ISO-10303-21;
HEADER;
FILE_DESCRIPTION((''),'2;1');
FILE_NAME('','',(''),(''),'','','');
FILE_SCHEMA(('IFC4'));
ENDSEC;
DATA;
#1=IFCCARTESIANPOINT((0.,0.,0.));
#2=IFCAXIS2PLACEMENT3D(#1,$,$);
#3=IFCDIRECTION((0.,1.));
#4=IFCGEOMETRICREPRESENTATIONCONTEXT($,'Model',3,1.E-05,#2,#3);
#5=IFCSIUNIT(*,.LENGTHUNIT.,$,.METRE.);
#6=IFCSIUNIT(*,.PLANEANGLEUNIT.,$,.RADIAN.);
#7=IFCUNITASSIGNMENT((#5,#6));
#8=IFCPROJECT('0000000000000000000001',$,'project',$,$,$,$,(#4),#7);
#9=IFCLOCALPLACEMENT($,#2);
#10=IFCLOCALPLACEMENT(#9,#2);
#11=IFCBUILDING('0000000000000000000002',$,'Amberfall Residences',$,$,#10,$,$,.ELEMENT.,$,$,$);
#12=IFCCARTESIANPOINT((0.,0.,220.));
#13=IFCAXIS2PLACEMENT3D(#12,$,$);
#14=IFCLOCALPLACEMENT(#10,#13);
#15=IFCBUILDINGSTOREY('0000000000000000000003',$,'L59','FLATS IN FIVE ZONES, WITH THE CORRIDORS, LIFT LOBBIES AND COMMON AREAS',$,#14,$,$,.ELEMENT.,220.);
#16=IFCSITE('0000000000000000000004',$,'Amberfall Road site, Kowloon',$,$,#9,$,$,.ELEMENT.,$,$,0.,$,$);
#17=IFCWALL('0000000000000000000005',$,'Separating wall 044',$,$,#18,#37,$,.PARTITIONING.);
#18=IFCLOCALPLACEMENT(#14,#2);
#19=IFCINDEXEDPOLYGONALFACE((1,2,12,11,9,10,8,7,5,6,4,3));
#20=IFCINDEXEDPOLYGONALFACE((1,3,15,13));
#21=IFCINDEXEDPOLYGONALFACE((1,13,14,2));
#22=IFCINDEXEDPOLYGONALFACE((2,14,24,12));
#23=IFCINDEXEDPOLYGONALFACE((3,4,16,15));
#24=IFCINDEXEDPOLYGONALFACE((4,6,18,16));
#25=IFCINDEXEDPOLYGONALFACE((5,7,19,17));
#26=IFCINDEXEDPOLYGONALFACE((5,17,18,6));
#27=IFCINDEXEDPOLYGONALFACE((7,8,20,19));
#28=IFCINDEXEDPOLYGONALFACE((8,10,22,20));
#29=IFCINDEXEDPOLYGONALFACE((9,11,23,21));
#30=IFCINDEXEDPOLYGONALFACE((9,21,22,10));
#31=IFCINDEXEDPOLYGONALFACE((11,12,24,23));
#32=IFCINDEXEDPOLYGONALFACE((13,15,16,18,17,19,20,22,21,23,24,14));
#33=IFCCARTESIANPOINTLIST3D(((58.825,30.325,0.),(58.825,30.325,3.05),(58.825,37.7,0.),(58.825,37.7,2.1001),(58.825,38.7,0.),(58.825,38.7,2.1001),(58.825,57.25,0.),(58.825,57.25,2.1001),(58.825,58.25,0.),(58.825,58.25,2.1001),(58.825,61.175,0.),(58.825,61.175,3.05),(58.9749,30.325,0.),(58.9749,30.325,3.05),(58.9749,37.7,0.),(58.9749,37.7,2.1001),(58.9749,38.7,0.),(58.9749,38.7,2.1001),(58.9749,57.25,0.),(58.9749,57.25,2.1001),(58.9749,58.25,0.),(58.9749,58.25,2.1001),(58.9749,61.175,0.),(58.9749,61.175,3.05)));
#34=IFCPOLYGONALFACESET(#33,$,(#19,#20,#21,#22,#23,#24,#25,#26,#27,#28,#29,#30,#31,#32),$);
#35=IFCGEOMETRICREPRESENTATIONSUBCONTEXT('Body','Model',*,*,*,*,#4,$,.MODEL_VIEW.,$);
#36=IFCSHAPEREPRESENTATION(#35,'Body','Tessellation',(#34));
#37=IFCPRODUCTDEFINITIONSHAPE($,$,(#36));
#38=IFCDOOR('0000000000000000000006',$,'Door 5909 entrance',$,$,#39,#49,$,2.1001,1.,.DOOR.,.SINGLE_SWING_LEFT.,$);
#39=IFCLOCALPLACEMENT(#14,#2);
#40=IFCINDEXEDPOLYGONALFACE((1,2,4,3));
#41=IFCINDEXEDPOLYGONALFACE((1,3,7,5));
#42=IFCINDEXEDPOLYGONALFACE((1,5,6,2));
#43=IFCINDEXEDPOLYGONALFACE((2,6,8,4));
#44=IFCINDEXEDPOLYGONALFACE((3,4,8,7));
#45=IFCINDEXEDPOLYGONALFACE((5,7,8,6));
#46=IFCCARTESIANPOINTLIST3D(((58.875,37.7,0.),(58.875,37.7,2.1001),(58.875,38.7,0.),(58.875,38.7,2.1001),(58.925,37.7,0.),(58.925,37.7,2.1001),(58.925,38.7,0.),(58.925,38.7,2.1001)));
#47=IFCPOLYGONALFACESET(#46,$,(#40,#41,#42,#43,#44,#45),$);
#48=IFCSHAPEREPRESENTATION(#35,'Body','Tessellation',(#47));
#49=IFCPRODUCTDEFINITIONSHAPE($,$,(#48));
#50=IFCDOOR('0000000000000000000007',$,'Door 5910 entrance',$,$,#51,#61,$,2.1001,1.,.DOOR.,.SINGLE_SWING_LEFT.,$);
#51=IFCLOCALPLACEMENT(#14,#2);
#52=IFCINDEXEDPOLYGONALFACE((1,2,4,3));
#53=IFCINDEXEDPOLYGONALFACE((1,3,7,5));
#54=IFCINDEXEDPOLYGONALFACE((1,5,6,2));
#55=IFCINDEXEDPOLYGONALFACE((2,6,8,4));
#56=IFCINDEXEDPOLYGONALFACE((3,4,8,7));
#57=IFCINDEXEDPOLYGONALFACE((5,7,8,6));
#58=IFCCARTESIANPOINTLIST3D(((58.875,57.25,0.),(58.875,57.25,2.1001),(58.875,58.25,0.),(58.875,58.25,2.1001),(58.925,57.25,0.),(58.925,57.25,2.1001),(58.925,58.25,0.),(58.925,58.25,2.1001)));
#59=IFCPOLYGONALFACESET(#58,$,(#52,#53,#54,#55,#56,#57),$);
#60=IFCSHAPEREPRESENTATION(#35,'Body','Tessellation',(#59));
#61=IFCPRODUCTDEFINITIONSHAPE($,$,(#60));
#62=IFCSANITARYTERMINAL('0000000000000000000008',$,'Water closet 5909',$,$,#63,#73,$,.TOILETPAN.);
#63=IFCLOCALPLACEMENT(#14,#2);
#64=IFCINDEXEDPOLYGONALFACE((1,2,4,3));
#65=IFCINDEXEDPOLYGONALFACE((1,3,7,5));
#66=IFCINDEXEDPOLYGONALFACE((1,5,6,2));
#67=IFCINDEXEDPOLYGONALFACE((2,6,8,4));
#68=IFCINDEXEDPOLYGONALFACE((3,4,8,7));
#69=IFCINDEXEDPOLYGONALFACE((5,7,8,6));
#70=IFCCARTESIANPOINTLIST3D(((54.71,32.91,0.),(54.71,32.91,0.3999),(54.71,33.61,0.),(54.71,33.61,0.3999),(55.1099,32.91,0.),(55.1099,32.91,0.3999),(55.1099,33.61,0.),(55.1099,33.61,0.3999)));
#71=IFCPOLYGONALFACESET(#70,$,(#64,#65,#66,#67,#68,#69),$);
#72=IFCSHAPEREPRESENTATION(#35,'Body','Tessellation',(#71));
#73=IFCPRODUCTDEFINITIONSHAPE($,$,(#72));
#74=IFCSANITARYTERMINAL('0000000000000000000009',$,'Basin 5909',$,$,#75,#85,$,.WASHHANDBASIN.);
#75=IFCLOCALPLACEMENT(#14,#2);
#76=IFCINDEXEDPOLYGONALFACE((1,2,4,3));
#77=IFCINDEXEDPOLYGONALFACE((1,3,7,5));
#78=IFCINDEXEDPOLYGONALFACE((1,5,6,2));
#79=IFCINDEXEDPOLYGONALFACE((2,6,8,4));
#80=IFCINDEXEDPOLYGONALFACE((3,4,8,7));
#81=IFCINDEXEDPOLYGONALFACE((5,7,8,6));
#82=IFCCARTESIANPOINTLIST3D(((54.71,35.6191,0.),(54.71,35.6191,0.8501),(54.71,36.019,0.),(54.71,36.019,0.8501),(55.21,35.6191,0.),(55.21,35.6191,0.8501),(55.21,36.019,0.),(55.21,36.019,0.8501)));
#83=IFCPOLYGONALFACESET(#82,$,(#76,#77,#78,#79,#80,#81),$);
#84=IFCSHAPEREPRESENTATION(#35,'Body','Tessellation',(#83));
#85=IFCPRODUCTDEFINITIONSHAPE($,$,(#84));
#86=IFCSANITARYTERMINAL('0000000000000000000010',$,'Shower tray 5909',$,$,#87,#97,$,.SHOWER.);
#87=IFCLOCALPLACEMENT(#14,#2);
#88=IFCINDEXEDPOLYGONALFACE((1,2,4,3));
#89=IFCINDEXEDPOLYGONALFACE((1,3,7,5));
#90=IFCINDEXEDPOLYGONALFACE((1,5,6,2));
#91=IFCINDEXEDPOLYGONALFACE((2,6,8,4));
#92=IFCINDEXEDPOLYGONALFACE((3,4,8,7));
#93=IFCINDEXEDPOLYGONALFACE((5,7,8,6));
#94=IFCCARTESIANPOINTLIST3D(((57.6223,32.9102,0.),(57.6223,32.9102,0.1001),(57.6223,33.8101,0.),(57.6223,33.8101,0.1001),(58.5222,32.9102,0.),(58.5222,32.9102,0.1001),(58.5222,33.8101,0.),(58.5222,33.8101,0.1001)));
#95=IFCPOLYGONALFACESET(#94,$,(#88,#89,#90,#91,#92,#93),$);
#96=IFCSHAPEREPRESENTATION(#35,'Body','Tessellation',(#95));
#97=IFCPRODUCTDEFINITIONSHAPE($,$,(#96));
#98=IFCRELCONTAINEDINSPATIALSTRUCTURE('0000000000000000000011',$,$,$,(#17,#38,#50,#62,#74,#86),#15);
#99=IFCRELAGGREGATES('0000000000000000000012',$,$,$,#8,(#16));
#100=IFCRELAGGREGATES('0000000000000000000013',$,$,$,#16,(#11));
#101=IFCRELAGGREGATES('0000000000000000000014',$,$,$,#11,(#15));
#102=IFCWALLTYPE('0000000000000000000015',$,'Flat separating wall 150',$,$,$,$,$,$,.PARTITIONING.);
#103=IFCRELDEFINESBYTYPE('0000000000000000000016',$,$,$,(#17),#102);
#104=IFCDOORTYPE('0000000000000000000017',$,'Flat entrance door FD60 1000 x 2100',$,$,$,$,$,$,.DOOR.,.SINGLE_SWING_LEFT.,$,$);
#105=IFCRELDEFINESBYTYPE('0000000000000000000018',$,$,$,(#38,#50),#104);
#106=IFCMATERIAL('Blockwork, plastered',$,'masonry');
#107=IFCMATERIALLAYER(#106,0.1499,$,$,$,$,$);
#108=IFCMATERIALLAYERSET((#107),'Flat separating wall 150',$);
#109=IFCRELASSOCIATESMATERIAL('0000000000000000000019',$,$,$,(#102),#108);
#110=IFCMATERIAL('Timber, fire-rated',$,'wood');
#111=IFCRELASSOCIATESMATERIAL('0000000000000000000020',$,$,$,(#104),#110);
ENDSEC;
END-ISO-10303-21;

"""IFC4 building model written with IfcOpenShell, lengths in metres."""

from ifc_helpers import new_model, si_unit, direction, frame, frame_2d, origin, origin_2d, place, context, subcontext, project, spatial, rectangle, extrude, material, layer, layer_set, type_object, element, fill, save


model = new_model("IFC4")

# Units and contexts
model_context = context("Model", 3, precision=1e-05, world=origin(), true_north=direction((0.0, 1.0)))
body_context = subcontext(model_context, "Body", "Model", "MODEL_VIEW")
ifc_project = project(units=[si_unit("LENGTHUNIT", "METRE"), si_unit("PLANEANGLEUNIT", "RADIAN")], contexts=[model_context])

# Site, building, storey
site_placement = place(None, origin())
site = spatial("IfcSite", under=ifc_project, at=site_placement, Name="Amberfall Road site, Kowloon", CompositionType="ELEMENT", RefElevation=0.0)
building_placement = place(site_placement, origin())
building = spatial("IfcBuilding", under=site, at=building_placement, Name="Amberfall Residences", CompositionType="ELEMENT")
storey_placement = place(building_placement, frame((0.0, 0.0, 220.0)))
storey = spatial("IfcBuildingStorey", under=building, at=storey_placement, Name="L59", Description="FLATS IN FIVE ZONES, WITH THE CORRIDORS, LIFT LOBBIES AND COMMON AREAS", CompositionType="ELEMENT", Elevation=220.0)

# Wall, openings, doors
ifc_material_1 = material(Name="Blockwork, plastered", Category="masonry")
ifc_layer_1 = layer(ifc_material_1, 0.1499)
ifc_layer_set_1 = layer_set([ifc_layer_1], Name="Flat separating wall 150")
wall_type_1 = type_object("IfcWallType", Name="Flat separating wall 150", PredefinedType="PARTITIONING", material=ifc_layer_set_1)
wall_1_placement = place(storey_placement, frame((58.8999, 30.325, 0.0), z_axis=(0.0, 0.0, 1.0), x_axis=(0.0, 1.0, 0.0)))
wall_1 = element("IfcWall", 1, at=wall_1_placement, inside=storey, type_object=wall_type_1, Name="Separating wall 044", PredefinedType="PARTITIONING", context=body_context, shape_type="SweptSolid", body=[
    extrude(rectangle(XDim=30.8501, YDim=0.1499, at=frame_2d((15.425, 0.0))), origin(), (0.0, 0.0, 1.0), 3.05),
])
opening_1_placement = place(wall_1_placement, frame((7.375, 0.0, 0.0)))
opening_1 = element("IfcOpeningElement", 2, at=opening_1_placement, cuts=wall_1, PredefinedType="OPENING", context=body_context, shape_type="SweptSolid", body=[
    extrude(rectangle(XDim=1.0, YDim=2.1001, at=frame_2d((0.5, 1.05))), frame((0.0, 0.085, 0.0), z_axis=(0.0, -1.0, 0.0), x_axis=(1.0, 0.0, 0.0)), (0.0, 0.0, 1.0), 0.1699),
])
opening_2_placement = place(wall_1_placement, frame((26.925, 0.0, 0.0)))
opening_2 = element("IfcOpeningElement", 3, at=opening_2_placement, cuts=wall_1, PredefinedType="OPENING", context=body_context, shape_type="SweptSolid", body=[
    extrude(rectangle(XDim=1.0, YDim=2.1001, at=frame_2d((0.5, 1.05))), frame((0.0, 0.085, 0.0), z_axis=(0.0, -1.0, 0.0), x_axis=(1.0, 0.0, 0.0)), (0.0, 0.0, 1.0), 0.1699),
])
ifc_material_2 = material(Name="Timber, fire-rated", Category="wood")
door_type_1 = type_object("IfcDoorType", Name="Flat entrance door FD60 1000 x 2100", OperationType="SINGLE_SWING_LEFT", PredefinedType="DOOR", material=ifc_material_2)
door_1_placement = place(opening_1_placement, origin())
door_1 = element("IfcDoor", 4, at=door_1_placement, inside=storey, type_object=door_type_1, Name="Door 5909 entrance", OperationType="SINGLE_SWING_LEFT", OverallHeight=2.1001, OverallWidth=1.0, PredefinedType="DOOR", context=body_context, shape_type="SweptSolid", body=[
    extrude(rectangle(XDim=1.0, YDim=2.1001, at=frame_2d((0.5, 1.05))), frame((0.0, 0.0249, 0.0), z_axis=(0.0, -1.0, 0.0), x_axis=(1.0, 0.0, 0.0)), (0.0, 0.0, 1.0), 0.05),
])
fill(opening_1, door_1)
door_2_placement = place(opening_2_placement, origin())
door_2 = element("IfcDoor", 5, at=door_2_placement, inside=storey, type_object=door_type_1, Name="Door 5910 entrance", OperationType="SINGLE_SWING_LEFT", OverallHeight=2.1001, OverallWidth=1.0, PredefinedType="DOOR", context=body_context, shape_type="SweptSolid", body=[
    extrude(rectangle(XDim=1.0, YDim=2.1001, at=frame_2d((0.5, 1.05))), frame((0.0, 0.0249, 0.0), z_axis=(0.0, -1.0, 0.0), x_axis=(1.0, 0.0, 0.0)), (0.0, 0.0, 1.0), 0.05),
])
fill(opening_2, door_2)

# Sanitary terminals
sanitary_terminal_1_placement = place(storey_placement, frame((54.9099, 33.26, 0.0), z_axis=(0.0, 0.0, 1.0), x_axis=(1.0, 0.0, 0.0)))
element("IfcSanitaryTerminal", 6, at=sanitary_terminal_1_placement, inside=storey, Name="Water closet 5909", PredefinedType="TOILETPAN", context=body_context, shape_type="SweptSolid", body=[
    extrude(rectangle(XDim=0.3999, YDim=0.7, at=origin_2d()), origin(), (0.0, 0.0, 1.0), 0.3999),
])
sanitary_terminal_2_placement = place(storey_placement, frame((54.96, 35.8191, 0.0), z_axis=(0.0, 0.0, 1.0), x_axis=(1.0, 0.0, 0.0)))
element("IfcSanitaryTerminal", 7, at=sanitary_terminal_2_placement, inside=storey, Name="Basin 5909", PredefinedType="WASHHANDBASIN", context=body_context, shape_type="SweptSolid", body=[
    extrude(rectangle(XDim=0.5, YDim=0.3999, at=origin_2d()), origin(), (0.0, 0.0, 1.0), 0.8501),
])
sanitary_terminal_3_placement = place(storey_placement, frame((58.0723, 33.3601, 0.0), z_axis=(0.0, 0.0, 1.0), x_axis=(1.0, 0.0, 0.0)))
element("IfcSanitaryTerminal", 8, at=sanitary_terminal_3_placement, inside=storey, Name="Shower tray 5909", PredefinedType="SHOWER", context=body_context, shape_type="SweptSolid", body=[
    extrude(rectangle(XDim=0.8999, YDim=0.8999, at=origin_2d()), origin(), (0.0, 0.0, 1.0), 0.1001),
])

save(model, "model.ifc")
